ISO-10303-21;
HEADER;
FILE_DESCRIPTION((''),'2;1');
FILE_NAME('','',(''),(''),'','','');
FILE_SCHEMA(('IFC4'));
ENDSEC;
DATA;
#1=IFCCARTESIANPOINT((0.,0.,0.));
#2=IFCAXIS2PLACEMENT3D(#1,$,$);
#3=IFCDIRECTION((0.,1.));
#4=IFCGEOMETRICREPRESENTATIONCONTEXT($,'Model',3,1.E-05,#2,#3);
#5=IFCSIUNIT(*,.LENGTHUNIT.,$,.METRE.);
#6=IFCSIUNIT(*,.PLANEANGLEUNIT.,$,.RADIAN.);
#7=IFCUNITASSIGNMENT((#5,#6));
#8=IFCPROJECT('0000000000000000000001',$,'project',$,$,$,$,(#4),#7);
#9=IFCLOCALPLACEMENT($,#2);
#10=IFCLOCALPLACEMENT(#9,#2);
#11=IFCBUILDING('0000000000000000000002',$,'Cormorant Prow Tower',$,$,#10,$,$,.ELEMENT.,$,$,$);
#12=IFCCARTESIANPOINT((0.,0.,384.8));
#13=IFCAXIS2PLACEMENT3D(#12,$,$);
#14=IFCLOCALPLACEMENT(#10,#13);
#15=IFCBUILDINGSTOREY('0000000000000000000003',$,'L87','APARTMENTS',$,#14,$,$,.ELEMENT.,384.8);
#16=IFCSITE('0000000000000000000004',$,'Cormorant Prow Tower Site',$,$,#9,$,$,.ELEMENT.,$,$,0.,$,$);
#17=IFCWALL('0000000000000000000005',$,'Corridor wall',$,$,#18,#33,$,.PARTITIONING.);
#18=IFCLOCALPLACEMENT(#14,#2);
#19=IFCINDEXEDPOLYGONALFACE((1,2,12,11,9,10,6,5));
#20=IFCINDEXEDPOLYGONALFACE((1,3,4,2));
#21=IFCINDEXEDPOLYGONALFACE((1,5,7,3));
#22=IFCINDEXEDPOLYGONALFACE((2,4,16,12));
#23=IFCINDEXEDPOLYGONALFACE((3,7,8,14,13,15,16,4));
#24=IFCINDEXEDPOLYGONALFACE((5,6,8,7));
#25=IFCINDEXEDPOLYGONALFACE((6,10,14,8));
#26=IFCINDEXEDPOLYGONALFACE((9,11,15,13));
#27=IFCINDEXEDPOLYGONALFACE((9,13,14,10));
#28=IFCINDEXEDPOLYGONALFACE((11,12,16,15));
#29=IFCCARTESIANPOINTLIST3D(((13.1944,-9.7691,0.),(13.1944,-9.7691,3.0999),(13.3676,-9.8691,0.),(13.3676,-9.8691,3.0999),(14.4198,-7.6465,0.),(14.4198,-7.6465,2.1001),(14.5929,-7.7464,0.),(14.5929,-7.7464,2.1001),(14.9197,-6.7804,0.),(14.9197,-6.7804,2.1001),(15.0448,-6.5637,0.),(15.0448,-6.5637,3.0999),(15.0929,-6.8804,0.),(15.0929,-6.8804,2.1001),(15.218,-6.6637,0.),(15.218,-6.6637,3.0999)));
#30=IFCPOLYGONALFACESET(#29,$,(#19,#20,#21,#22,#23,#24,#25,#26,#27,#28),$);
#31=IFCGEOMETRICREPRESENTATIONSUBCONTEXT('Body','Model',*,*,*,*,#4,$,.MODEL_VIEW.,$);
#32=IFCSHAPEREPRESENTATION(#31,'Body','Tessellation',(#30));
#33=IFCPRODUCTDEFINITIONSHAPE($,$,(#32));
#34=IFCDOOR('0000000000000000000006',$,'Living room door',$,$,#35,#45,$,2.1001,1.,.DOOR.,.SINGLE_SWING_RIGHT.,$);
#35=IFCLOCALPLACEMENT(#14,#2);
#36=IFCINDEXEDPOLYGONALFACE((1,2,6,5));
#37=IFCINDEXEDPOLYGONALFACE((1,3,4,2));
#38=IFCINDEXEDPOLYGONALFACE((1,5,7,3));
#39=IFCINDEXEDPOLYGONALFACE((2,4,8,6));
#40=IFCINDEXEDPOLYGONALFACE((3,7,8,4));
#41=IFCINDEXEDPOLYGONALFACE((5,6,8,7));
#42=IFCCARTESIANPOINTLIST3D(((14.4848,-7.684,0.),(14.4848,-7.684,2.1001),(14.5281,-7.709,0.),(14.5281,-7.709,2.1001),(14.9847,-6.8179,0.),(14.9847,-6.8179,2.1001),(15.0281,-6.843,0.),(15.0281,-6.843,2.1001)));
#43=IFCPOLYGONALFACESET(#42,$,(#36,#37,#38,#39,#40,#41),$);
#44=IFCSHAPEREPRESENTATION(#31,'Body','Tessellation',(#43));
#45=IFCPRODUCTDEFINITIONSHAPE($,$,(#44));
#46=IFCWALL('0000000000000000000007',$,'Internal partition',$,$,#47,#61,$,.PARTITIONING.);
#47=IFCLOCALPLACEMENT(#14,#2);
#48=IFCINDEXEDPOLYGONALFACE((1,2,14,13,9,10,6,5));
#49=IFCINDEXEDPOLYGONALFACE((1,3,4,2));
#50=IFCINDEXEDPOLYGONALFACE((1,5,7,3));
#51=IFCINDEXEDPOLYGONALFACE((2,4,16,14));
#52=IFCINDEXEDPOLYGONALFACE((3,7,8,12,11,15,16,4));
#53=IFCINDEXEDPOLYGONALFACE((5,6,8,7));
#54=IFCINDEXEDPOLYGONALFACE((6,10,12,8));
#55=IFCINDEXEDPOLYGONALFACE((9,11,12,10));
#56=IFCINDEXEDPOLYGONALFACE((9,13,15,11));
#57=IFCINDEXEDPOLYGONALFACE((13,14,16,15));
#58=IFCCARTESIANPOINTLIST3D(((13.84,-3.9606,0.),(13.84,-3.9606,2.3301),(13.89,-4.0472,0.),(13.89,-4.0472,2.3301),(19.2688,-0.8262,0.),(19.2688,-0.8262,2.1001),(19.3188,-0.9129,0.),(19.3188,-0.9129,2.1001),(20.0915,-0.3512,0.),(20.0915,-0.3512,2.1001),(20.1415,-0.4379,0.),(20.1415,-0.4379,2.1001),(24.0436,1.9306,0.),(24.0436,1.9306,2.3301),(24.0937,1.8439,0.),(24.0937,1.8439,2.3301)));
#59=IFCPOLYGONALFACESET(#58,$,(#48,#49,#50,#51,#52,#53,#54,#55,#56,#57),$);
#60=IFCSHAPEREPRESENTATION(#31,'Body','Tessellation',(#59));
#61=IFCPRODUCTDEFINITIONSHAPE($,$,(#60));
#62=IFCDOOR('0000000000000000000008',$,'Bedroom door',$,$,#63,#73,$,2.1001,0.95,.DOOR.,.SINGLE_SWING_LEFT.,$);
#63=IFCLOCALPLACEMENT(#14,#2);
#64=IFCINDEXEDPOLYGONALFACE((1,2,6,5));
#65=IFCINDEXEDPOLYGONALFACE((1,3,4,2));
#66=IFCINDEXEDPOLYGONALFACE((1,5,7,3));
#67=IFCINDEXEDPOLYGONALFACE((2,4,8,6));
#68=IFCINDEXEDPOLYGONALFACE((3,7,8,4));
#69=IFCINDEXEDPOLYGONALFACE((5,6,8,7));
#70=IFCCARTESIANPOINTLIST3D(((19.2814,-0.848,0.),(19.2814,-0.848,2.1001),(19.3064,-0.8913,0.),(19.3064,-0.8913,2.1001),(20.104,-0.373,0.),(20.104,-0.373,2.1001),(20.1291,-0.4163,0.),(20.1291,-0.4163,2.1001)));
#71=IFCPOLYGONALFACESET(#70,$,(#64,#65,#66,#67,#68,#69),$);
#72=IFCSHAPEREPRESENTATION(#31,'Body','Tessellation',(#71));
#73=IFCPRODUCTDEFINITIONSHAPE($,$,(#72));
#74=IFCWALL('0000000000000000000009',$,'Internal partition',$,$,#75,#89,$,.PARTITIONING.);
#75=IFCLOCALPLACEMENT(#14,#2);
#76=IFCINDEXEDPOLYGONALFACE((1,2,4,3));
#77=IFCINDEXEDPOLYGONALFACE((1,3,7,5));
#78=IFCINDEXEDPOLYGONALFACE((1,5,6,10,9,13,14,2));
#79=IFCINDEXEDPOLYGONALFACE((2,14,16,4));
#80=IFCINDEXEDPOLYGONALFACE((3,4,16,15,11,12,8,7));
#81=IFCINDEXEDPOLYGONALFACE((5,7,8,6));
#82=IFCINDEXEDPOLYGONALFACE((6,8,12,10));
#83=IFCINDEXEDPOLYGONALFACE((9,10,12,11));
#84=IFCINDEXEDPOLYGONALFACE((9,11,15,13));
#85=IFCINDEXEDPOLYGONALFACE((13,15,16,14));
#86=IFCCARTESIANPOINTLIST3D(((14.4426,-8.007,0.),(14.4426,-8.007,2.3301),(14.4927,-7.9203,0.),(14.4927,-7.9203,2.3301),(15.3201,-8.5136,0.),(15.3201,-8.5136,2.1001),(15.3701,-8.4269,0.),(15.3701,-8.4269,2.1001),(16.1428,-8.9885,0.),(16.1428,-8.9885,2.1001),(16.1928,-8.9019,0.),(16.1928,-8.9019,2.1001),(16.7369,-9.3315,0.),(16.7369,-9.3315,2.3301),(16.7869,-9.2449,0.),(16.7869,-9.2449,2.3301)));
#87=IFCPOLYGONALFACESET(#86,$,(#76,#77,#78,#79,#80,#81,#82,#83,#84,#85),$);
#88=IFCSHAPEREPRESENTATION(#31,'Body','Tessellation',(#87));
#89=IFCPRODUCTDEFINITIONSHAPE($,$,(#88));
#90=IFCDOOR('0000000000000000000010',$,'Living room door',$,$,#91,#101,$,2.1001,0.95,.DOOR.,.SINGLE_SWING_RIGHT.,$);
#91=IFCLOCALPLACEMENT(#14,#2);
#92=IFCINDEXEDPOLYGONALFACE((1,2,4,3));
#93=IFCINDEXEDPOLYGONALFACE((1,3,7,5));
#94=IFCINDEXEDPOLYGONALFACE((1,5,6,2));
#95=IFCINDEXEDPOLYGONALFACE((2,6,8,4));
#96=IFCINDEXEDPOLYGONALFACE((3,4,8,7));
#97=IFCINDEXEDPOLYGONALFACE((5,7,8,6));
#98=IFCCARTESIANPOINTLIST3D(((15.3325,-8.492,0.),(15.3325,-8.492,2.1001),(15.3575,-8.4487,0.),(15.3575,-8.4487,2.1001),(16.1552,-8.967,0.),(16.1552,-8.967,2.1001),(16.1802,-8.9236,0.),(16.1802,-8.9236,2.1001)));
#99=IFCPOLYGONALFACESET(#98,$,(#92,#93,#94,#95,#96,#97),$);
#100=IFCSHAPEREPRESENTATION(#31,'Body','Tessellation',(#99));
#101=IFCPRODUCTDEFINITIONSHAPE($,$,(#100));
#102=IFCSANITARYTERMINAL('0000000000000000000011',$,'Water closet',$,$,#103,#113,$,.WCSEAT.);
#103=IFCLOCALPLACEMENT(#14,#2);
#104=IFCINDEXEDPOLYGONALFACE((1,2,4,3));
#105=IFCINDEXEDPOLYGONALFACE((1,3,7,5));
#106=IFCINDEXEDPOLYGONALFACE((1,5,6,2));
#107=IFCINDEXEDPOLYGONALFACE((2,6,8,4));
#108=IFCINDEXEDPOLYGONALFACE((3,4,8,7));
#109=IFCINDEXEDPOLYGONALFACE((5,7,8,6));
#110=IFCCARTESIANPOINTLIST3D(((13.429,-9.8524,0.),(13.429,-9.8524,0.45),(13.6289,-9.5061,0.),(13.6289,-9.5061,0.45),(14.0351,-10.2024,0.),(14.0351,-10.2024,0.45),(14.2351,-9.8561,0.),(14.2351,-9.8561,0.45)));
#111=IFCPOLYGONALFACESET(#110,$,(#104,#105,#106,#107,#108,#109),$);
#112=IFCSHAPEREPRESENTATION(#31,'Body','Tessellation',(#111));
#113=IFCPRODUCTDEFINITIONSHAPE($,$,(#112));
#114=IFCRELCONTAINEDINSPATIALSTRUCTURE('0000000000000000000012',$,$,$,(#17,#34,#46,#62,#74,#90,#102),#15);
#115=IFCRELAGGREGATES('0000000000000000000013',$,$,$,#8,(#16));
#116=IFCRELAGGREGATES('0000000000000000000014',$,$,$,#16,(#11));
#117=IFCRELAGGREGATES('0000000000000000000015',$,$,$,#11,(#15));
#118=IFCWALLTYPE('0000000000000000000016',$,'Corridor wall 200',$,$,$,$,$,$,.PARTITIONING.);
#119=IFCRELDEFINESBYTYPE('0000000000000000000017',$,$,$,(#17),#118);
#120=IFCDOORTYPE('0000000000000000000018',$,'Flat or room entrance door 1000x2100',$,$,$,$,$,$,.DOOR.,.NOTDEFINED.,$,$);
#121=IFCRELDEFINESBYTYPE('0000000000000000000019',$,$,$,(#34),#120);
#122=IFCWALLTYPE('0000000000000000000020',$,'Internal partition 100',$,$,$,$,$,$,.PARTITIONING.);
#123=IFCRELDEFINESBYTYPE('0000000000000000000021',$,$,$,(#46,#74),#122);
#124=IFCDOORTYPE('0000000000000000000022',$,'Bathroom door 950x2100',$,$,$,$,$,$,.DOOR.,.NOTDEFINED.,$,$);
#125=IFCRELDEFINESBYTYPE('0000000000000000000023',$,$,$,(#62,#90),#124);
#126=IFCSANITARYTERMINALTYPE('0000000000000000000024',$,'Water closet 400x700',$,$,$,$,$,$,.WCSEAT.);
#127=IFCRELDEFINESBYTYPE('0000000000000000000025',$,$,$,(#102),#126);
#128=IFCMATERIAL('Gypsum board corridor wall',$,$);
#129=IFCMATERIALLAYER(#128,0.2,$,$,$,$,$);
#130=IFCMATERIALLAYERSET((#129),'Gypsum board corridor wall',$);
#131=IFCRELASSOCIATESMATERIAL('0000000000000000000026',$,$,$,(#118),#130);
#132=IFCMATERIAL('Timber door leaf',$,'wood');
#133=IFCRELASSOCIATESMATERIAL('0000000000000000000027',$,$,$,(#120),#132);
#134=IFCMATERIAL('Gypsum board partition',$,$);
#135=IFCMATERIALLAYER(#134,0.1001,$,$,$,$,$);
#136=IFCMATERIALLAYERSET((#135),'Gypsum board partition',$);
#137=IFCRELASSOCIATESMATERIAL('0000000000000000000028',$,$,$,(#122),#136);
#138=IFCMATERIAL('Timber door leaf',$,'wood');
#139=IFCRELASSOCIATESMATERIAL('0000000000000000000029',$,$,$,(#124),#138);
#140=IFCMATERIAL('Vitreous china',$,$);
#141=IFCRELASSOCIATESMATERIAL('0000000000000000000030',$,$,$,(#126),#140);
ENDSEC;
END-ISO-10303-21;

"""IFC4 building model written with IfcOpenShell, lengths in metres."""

from ifc_helpers import new_model, si_unit, direction, frame, frame_2d, origin, origin_2d, place, context, subcontext, project, spatial, rectangle, extrude, material, layer, layer_set, type_object, element, fill, save


model = new_model("IFC4")

# Units and contexts
model_context = context("Model", 3, precision=1e-05, world=origin(), true_north=direction((0.0, 1.0)))
body_context = subcontext(model_context, "Body", "Model", "MODEL_VIEW")
ifc_project = project(units=[si_unit("LENGTHUNIT", "METRE"), si_unit("PLANEANGLEUNIT", "RADIAN")], contexts=[model_context])

# Site, building, storey
site_placement = place(None, origin())
site = spatial("IfcSite", under=ifc_project, at=site_placement, Name="Cormorant Prow Tower Site", CompositionType="ELEMENT", RefElevation=0.0)
building_placement = place(site_placement, origin())
building = spatial("IfcBuilding", under=site, at=building_placement, Name="Cormorant Prow Tower", CompositionType="ELEMENT")
storey_placement = place(building_placement, frame((0.0, 0.0, 384.8)))
storey = spatial("IfcBuildingStorey", under=building, at=storey_placement, Name="L87", Description="APARTMENTS", CompositionType="ELEMENT", Elevation=384.8)

# Shared definitions
ifc_material_1 = material(Name="Gypsum board corridor wall")
ifc_layer_1 = layer(ifc_material_1, 0.2)
ifc_layer_set_1 = layer_set([ifc_layer_1], Name="Gypsum board corridor wall")
wall_type_1 = type_object("IfcWallType", Name="Corridor wall 200", PredefinedType="PARTITIONING", material=ifc_layer_set_1)

# Walls, openings, doors
wall_1_placement = place(storey_placement, frame((13.281, -9.8191, 0.0), z_axis=(0.0, 0.0, 1.0), x_axis=(0.499949, 0.866055, 0.0)))
wall_1 = element("IfcWall", 1, at=wall_1_placement, inside=storey, type_object=wall_type_1, Name="Corridor wall", PredefinedType="PARTITIONING", context=body_context, shape_type="SweptSolid", body=[
    extrude(rectangle(XDim=3.7012, YDim=0.2, at=frame_2d((1.8506, 0.0))), origin(), (0.0, 0.0, 1.0), 3.0999),
])
opening_1_placement = place(wall_1_placement, frame((2.4509, 0.0, 0.0)))
opening_1 = element("IfcOpeningElement", 2, at=opening_1_placement, cuts=wall_1, PredefinedType="OPENING", context=body_context, shape_type="SweptSolid", body=[
    extrude(rectangle(XDim=1.0, YDim=2.1001, at=frame_2d((0.5, 1.05))), frame((0.0, 0.1099, 0.0), z_axis=(0.0, -1.0, 0.0), x_axis=(1.0, 0.0, 0.0)), (0.0, 0.0, 1.0), 0.22),
])
ifc_material_2 = material(Name="Timber door leaf", Category="wood")
door_type_1 = type_object("IfcDoorType", Name="Flat or room entrance door 1000x2100", OperationType="NOTDEFINED", PredefinedType="DOOR", material=ifc_material_2)
door_1_placement = place(opening_1_placement, origin())
door_1 = element("IfcDoor", 3, at=door_1_placement, inside=storey, type_object=door_type_1, Name="Living room door", OperationType="SINGLE_SWING_RIGHT", OverallHeight=2.1001, OverallWidth=1.0, PredefinedType="DOOR", context=body_context, shape_type="SweptSolid", body=[
    extrude(rectangle(XDim=1.0, YDim=2.1001, at=frame_2d((0.5, 1.05))), frame((0.0, 0.0249, 0.0), z_axis=(0.0, -1.0, 0.0), x_axis=(1.0, 0.0, 0.0)), (0.0, 0.0, 1.0), 0.05),
])
fill(opening_1, door_1)
ifc_material_3 = material(Name="Gypsum board partition")
ifc_layer_2 = layer(ifc_material_3, 0.1001)
ifc_layer_set_2 = layer_set([ifc_layer_2], Name="Gypsum board partition")
wall_type_2 = type_object("IfcWallType", Name="Internal partition 100", PredefinedType="PARTITIONING", material=ifc_layer_set_2)
wall_2_placement = place(storey_placement, frame((13.865, -4.0039, 0.0), z_axis=(0.0, 0.0, 1.0), x_axis=(0.866023, 0.500003, 0.0)))
wall_2 = element("IfcWall", 4, at=wall_2_placement, inside=storey, type_object=wall_type_2, Name="Internal partition", PredefinedType="PARTITIONING", context=body_context, shape_type="SweptSolid", body=[
    extrude(rectangle(XDim=11.7822, YDim=0.1001, at=frame_2d((5.8911, 0.0))), origin(), (0.0, 0.0, 1.0), 2.3301),
])
opening_2_placement = place(wall_2_placement, frame((6.2686, 0.0, 0.0)))
opening_2 = element("IfcOpeningElement", 5, at=opening_2_placement, cuts=wall_2, PredefinedType="OPENING", context=body_context, shape_type="SweptSolid", body=[
    extrude(rectangle(XDim=0.95, YDim=2.1001, at=frame_2d((0.4751, 1.05))), frame((0.0, 0.0601, 0.0), z_axis=(0.0, -1.0, 0.0), x_axis=(1.0, 0.0, 0.0)), (0.0, 0.0, 1.0), 0.1201),
])
ifc_material_4 = material(Name="Timber door leaf", Category="wood")
door_type_2 = type_object("IfcDoorType", Name="Bathroom door 950x2100", OperationType="NOTDEFINED", PredefinedType="DOOR", material=ifc_material_4)
door_2_placement = place(opening_2_placement, origin())
door_2 = element("IfcDoor", 6, at=door_2_placement, inside=storey, type_object=door_type_2, Name="Bedroom door", OperationType="SINGLE_SWING_LEFT", OverallHeight=2.1001, OverallWidth=0.95, PredefinedType="DOOR", context=body_context, shape_type="SweptSolid", body=[
    extrude(rectangle(XDim=0.95, YDim=2.1001, at=frame_2d((0.4751, 1.05))), frame((0.0, 0.0249, 0.0), z_axis=(0.0, -1.0, 0.0), x_axis=(1.0, 0.0, 0.0)), (0.0, 0.0, 1.0), 0.05),
])
fill(opening_2, door_2)
wall_3_placement = place(storey_placement, frame((14.4675, -7.9636, 0.0), z_axis=(0.0, 0.0, 1.0), x_axis=(0.86604, -0.499975, 0.0)))
wall_3 = element("IfcWall", 7, at=wall_3_placement, inside=storey, type_object=wall_type_2, Name="Internal partition", PredefinedType="PARTITIONING", context=body_context, shape_type="SweptSolid", body=[
    extrude(rectangle(XDim=2.6492, YDim=0.1001, at=frame_2d((1.3247, 0.0))), origin(), (0.0, 0.0, 1.0), 2.3301),
])
opening_3_placement = place(wall_3_placement, frame((1.0132, 0.0, 0.0)))
opening_3 = element("IfcOpeningElement", 8, at=opening_3_placement, cuts=wall_3, PredefinedType="OPENING", context=body_context, shape_type="SweptSolid", body=[
    extrude(rectangle(XDim=0.95, YDim=2.1001, at=frame_2d((0.4751, 1.05))), frame((0.0, 0.0601, 0.0), z_axis=(0.0, -1.0, 0.0), x_axis=(1.0, 0.0, 0.0)), (0.0, 0.0, 1.0), 0.1201),
])
door_3_placement = place(opening_3_placement, origin())
door_3 = element("IfcDoor", 9, at=door_3_placement, inside=storey, type_object=door_type_2, Name="Living room door", OperationType="SINGLE_SWING_RIGHT", OverallHeight=2.1001, OverallWidth=0.95, PredefinedType="DOOR", context=body_context, shape_type="SweptSolid", body=[
    extrude(rectangle(XDim=0.95, YDim=2.1001, at=frame_2d((0.4751, 1.05))), frame((0.0, 0.0249, 0.0), z_axis=(0.0, -1.0, 0.0), x_axis=(1.0, 0.0, 0.0)), (0.0, 0.0, 1.0), 0.05),
])
fill(opening_3, door_3)

# Sanitary terminal
ifc_material_5 = material(Name="Vitreous china")
sanitary_terminal_type = type_object("IfcSanitaryTerminalType", Name="Water closet 400x700", PredefinedType="WCSEAT", material=ifc_material_5)
sanitary_terminal_placement = place(storey_placement, frame((13.832, -9.8542, 0.0), z_axis=(0.0, 0.0, 1.0), x_axis=(0.5, 0.866025, 0.0)))
element("IfcSanitaryTerminal", 10, at=sanitary_terminal_placement, inside=storey, type_object=sanitary_terminal_type, Name="Water closet", PredefinedType="WCSEAT", context=body_context, shape_type="SweptSolid", body=[
    extrude(rectangle(XDim=0.3999, YDim=0.7, at=origin_2d()), origin(), (0.0, 0.0, 1.0), 0.45),
])

save(model, "model.ifc")
